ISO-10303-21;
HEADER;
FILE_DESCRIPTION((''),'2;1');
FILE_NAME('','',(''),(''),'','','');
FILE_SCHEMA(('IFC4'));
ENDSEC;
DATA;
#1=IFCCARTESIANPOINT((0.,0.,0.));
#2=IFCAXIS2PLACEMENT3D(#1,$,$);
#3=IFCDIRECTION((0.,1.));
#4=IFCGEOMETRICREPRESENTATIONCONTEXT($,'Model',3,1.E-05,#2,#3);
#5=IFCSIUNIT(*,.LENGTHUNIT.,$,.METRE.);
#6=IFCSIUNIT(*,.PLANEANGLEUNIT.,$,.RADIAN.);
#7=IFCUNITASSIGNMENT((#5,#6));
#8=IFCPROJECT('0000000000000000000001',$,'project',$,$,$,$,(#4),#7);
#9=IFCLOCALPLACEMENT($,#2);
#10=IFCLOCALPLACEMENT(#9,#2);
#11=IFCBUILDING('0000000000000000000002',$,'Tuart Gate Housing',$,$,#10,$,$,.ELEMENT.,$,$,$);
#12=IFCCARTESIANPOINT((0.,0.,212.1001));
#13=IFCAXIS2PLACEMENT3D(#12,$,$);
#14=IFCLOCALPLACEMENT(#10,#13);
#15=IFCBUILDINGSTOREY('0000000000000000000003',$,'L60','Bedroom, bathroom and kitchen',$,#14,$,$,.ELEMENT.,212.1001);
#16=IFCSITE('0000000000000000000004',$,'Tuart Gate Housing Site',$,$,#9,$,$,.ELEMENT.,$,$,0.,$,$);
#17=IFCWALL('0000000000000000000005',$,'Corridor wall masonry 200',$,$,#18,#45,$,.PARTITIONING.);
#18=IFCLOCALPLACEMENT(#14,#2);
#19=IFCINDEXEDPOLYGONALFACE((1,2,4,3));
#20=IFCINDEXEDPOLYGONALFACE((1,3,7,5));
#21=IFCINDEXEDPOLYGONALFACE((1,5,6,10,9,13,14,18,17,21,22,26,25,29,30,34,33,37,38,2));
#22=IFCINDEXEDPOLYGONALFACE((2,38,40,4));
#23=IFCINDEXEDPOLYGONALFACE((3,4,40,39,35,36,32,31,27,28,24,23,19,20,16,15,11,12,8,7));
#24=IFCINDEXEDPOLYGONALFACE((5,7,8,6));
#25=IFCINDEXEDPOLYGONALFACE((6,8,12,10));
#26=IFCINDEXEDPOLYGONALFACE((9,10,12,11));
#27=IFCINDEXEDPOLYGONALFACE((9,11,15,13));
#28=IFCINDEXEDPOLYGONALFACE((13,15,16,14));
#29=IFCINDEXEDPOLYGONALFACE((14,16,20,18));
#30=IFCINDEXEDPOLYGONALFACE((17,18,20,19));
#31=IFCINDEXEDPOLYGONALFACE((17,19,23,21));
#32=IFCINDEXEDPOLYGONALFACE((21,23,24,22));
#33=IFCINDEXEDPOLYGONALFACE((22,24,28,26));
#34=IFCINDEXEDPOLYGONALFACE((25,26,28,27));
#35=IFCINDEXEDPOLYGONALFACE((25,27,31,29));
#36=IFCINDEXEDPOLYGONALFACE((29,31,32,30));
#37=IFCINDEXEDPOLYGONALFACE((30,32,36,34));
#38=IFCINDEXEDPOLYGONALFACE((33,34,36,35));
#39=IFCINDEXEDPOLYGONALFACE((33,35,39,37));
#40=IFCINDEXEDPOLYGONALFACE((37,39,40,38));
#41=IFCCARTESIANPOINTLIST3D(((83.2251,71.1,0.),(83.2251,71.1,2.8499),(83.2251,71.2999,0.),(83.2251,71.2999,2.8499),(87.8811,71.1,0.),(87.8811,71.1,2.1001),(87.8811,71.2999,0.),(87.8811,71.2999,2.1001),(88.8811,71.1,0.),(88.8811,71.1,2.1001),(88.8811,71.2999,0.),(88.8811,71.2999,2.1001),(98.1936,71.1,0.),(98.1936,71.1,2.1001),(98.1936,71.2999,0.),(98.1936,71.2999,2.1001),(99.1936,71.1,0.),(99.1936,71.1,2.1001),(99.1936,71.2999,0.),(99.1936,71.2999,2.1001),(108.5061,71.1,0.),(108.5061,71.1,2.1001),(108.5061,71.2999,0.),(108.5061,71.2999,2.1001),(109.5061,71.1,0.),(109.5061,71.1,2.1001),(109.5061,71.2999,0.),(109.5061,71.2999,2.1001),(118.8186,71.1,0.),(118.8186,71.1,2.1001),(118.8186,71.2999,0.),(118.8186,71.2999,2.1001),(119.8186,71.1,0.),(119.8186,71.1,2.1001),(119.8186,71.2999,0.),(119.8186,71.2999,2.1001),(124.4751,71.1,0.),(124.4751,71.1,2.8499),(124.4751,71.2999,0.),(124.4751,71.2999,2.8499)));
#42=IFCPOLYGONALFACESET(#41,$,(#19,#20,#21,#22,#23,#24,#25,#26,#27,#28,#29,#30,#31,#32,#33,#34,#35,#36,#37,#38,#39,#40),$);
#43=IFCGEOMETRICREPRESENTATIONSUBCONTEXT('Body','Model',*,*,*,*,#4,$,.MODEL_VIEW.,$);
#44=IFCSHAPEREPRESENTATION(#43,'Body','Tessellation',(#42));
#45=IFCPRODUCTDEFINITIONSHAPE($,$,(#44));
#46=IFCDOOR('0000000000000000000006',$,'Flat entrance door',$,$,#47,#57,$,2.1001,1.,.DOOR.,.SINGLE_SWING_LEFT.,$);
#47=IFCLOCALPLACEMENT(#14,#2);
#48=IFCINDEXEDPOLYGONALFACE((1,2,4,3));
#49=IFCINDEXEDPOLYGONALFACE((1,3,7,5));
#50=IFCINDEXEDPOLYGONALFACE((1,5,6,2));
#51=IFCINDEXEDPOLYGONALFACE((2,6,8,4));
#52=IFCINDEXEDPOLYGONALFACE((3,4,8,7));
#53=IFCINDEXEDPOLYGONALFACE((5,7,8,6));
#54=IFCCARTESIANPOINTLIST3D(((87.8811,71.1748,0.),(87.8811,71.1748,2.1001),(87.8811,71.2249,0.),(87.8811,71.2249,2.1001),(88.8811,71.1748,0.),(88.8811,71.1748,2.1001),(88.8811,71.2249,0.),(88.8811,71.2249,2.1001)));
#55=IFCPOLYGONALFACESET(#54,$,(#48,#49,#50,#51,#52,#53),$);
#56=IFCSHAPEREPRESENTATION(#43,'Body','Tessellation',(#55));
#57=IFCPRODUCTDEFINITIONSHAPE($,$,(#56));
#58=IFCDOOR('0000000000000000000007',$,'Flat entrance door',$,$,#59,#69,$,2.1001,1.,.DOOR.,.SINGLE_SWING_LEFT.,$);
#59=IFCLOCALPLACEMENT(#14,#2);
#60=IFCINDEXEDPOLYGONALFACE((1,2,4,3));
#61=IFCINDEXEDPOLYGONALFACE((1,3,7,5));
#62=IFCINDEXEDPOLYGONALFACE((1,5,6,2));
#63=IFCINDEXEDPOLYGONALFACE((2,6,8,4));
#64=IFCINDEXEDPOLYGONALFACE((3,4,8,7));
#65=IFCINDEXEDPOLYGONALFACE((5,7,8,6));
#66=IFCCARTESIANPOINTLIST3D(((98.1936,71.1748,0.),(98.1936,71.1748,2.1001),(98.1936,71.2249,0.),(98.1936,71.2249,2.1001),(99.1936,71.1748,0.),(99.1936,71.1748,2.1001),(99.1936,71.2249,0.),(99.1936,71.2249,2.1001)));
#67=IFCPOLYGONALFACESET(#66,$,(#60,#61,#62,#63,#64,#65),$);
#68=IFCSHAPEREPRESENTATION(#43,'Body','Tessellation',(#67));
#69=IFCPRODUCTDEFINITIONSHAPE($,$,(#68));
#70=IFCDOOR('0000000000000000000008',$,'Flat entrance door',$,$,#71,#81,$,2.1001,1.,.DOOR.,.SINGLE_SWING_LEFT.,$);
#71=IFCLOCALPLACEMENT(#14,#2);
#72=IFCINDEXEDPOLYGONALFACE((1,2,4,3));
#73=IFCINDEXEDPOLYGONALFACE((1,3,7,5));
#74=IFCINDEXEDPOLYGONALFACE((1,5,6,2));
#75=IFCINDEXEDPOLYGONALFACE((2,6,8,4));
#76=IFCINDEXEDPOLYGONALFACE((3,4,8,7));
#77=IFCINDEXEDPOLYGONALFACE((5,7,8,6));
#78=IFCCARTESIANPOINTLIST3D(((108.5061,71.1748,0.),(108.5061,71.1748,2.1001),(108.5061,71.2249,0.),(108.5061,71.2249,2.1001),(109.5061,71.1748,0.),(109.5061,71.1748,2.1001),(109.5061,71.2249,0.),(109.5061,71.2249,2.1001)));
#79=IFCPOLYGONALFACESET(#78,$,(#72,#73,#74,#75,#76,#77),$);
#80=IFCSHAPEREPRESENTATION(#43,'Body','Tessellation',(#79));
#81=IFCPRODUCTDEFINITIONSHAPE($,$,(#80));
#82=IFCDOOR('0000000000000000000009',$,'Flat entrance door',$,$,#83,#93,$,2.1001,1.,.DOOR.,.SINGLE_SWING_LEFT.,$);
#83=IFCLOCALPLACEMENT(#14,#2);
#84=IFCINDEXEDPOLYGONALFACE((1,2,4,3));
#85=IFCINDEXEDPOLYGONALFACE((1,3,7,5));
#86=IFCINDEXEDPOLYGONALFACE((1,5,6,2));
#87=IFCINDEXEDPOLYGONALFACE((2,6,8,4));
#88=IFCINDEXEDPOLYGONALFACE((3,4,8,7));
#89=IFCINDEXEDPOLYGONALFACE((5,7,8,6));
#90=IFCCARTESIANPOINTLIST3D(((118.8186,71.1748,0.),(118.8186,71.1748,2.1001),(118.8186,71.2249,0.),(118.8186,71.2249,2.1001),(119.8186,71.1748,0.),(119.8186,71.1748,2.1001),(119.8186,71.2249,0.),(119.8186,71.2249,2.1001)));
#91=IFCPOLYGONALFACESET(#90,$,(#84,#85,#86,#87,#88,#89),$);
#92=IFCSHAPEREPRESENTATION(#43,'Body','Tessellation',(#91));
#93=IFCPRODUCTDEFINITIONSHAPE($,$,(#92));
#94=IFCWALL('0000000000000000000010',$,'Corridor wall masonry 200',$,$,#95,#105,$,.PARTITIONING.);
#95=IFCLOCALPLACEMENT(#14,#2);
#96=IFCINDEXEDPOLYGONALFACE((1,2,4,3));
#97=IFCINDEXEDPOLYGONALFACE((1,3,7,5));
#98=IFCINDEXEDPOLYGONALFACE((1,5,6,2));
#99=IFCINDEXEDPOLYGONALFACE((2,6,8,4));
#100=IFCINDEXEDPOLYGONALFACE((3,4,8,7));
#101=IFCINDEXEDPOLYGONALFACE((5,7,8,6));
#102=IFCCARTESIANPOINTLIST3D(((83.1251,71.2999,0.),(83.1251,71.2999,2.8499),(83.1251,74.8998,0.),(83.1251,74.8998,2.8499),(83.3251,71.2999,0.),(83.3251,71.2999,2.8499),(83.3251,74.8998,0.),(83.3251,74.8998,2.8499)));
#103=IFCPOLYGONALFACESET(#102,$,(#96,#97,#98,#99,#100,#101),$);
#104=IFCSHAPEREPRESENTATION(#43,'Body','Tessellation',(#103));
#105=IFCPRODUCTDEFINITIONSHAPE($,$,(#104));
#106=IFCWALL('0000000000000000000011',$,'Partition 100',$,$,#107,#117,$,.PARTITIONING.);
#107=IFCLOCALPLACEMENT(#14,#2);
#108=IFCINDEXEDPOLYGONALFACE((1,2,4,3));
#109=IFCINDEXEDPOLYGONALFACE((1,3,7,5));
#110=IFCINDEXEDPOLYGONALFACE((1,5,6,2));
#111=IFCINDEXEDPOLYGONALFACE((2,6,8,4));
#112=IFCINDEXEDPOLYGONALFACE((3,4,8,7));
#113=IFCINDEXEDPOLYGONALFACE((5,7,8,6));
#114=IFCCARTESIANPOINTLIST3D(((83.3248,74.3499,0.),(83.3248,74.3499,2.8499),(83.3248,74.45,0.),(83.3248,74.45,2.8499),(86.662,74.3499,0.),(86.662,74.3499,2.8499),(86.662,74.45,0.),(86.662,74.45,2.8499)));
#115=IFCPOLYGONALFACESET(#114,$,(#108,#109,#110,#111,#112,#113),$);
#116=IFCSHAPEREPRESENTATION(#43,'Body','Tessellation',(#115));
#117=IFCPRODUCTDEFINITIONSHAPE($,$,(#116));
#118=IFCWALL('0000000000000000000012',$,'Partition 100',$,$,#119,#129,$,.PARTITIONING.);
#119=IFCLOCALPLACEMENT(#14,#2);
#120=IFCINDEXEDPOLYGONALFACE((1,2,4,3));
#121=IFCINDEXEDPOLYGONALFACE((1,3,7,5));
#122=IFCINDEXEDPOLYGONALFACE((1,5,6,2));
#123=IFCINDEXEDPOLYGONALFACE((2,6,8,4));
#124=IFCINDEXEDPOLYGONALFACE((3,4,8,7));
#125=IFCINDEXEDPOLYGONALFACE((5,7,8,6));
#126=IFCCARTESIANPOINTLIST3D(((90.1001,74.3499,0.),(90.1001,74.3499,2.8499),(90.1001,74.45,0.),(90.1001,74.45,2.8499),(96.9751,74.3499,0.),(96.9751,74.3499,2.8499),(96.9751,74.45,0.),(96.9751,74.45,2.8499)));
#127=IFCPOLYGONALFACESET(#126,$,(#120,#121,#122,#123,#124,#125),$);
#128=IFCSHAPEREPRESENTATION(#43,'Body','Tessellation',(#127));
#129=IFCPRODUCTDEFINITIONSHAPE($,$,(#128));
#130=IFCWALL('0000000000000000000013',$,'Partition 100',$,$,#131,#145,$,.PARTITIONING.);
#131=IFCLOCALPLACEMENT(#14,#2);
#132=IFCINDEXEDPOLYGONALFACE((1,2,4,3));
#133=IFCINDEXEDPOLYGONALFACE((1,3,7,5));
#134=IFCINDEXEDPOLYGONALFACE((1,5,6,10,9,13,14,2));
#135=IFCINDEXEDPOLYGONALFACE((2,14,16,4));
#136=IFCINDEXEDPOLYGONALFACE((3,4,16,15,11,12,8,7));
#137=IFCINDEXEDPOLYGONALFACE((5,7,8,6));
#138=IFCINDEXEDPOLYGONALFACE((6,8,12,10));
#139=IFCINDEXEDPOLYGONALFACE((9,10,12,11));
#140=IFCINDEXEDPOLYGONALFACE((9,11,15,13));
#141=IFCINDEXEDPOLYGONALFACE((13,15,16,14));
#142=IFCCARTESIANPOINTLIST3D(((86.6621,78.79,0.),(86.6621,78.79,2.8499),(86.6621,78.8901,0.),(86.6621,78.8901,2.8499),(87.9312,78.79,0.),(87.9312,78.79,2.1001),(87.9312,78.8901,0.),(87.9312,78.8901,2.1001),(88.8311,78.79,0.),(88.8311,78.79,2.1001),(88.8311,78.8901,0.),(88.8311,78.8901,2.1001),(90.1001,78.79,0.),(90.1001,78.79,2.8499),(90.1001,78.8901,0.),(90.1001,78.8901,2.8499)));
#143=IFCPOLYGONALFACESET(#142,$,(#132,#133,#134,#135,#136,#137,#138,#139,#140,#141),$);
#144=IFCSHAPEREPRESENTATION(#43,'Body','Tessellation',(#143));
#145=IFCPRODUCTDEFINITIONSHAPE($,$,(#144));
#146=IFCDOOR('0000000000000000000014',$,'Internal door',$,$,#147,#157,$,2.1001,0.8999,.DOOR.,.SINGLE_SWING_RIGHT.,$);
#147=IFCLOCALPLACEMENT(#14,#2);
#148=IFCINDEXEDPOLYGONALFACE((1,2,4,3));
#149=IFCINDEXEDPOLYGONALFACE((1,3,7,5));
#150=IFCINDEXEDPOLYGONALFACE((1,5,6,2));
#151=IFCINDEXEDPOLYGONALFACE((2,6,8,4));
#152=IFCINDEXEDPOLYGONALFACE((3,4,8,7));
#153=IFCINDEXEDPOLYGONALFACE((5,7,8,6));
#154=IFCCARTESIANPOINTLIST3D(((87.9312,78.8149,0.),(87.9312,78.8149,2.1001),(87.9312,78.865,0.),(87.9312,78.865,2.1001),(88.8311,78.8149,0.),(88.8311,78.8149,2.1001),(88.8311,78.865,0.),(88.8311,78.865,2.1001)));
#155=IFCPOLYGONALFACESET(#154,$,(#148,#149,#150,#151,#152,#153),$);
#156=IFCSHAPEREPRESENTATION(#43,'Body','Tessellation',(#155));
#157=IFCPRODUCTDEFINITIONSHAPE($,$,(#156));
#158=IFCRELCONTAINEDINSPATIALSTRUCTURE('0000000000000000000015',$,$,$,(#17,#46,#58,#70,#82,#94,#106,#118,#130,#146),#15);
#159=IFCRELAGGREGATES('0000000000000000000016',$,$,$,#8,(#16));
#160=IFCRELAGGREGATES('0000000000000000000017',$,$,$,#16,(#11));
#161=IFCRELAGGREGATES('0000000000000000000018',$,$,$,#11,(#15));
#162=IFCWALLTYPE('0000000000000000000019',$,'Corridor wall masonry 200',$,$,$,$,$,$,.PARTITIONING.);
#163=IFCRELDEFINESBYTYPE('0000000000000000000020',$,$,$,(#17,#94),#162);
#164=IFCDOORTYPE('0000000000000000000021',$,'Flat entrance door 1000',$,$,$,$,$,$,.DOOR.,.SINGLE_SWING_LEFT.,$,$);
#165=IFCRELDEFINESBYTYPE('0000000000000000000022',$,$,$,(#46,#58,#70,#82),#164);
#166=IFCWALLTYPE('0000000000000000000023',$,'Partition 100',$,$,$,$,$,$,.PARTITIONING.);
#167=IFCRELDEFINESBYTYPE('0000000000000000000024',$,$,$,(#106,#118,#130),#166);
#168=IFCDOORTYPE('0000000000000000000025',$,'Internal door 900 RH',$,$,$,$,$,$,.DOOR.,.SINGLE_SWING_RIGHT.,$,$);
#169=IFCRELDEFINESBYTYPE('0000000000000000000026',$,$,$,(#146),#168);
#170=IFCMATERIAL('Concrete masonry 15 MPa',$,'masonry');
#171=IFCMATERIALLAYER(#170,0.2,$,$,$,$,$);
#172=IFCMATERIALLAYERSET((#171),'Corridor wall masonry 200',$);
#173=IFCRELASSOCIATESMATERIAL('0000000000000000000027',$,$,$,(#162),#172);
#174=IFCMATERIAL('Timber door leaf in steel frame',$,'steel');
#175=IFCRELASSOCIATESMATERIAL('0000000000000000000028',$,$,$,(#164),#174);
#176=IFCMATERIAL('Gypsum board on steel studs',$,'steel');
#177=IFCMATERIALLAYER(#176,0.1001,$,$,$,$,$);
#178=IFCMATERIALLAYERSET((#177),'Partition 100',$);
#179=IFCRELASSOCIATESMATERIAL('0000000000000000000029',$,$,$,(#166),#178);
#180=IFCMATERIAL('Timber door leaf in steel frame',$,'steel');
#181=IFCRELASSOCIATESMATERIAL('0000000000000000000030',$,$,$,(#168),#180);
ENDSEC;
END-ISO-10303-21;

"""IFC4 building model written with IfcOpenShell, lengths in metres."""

from ifc_helpers import new_model, si_unit, direction, frame, frame_2d, origin, place, context, subcontext, project, spatial, rectangle, extrude, material, layer, layer_set, type_object, element, fill, save


model = new_model("IFC4")

# Units and contexts
model_context = context("Model", 3, precision=1e-05, world=origin(), true_north=direction((0.0, 1.0)))
body_context = subcontext(model_context, "Body", "Model", "MODEL_VIEW")
ifc_project = project(units=[si_unit("LENGTHUNIT", "METRE"), si_unit("PLANEANGLEUNIT", "RADIAN")], contexts=[model_context])

# Site, building, storey
site_placement = place(None, origin())
site = spatial("IfcSite", under=ifc_project, at=site_placement, Name="Tuart Gate Housing Site", CompositionType="ELEMENT", RefElevation=0.0)
building_placement = place(site_placement, origin())
building = spatial("IfcBuilding", under=site, at=building_placement, Name="Tuart Gate Housing", CompositionType="ELEMENT")
storey_placement = place(building_placement, frame((0.0, 0.0, 212.1001)))
storey = spatial("IfcBuildingStorey", under=building, at=storey_placement, Name="L60", Description="Bedroom, bathroom and kitchen", CompositionType="ELEMENT", Elevation=212.1001)

# Wall, openings, doors
ifc_material_1 = material(Name="Concrete masonry 15 MPa", Category="masonry")
ifc_layer_1 = layer(ifc_material_1, 0.2)
ifc_layer_set_1 = layer_set([ifc_layer_1], Name="Corridor wall masonry 200")
wall_type_1 = type_object("IfcWallType", Name="Corridor wall masonry 200", PredefinedType="PARTITIONING", material=ifc_layer_set_1)
wall_1_placement = place(storey_placement, frame((83.2251, 71.2, 0.0), z_axis=(0.0, 0.0, 1.0), x_axis=(1.0, 0.0, 0.0)))
wall_1 = element("IfcWall", 1, at=wall_1_placement, inside=storey, type_object=wall_type_1, Name="Corridor wall masonry 200", PredefinedType="PARTITIONING", context=body_context, shape_type="SweptSolid", body=[
    extrude(rectangle(XDim=41.25, YDim=0.2, at=frame_2d((20.625, 0.0))), origin(), (0.0, 0.0, 1.0), 2.8499),
])
opening_1_placement = place(wall_1_placement, frame((4.656, 0.0, 0.0)))
opening_1 = element("IfcOpeningElement", 2, at=opening_1_placement, cuts=wall_1, PredefinedType="OPENING", context=body_context, shape_type="SweptSolid", body=[
    extrude(rectangle(XDim=1.0, YDim=2.1001, at=frame_2d((0.5, 1.05))), frame((0.0, 0.1099, 0.0), z_axis=(0.0, -1.0, 0.0), x_axis=(1.0, 0.0, 0.0)), (0.0, 0.0, 1.0), 0.22),
])
opening_2_placement = place(wall_1_placement, frame((14.9685, 0.0, 0.0)))
opening_2 = element("IfcOpeningElement", 3, at=opening_2_placement, cuts=wall_1, PredefinedType="OPENING", context=body_context, shape_type="SweptSolid", body=[
    extrude(rectangle(XDim=1.0, YDim=2.1001, at=frame_2d((0.5, 1.05))), frame((0.0, 0.1099, 0.0), z_axis=(0.0, -1.0, 0.0), x_axis=(1.0, 0.0, 0.0)), (0.0, 0.0, 1.0), 0.22),
])
opening_3_placement = place(wall_1_placement, frame((25.281, 0.0, 0.0)))
opening_3 = element("IfcOpeningElement", 4, at=opening_3_placement, cuts=wall_1, PredefinedType="OPENING", context=body_context, shape_type="SweptSolid", body=[
    extrude(rectangle(XDim=1.0, YDim=2.1001, at=frame_2d((0.5, 1.05))), frame((0.0, 0.1099, 0.0), z_axis=(0.0, -1.0, 0.0), x_axis=(1.0, 0.0, 0.0)), (0.0, 0.0, 1.0), 0.22),
])
opening_4_placement = place(wall_1_placement, frame((35.5935, 0.0, 0.0)))
opening_4 = element("IfcOpeningElement", 5, at=opening_4_placement, cuts=wall_1, PredefinedType="OPENING", context=body_context, shape_type="SweptSolid", body=[
    extrude(rectangle(XDim=1.0, YDim=2.1001, at=frame_2d((0.5, 1.05))), frame((0.0, 0.1099, 0.0), z_axis=(0.0, -1.0, 0.0), x_axis=(1.0, 0.0, 0.0)), (0.0, 0.0, 1.0), 0.22),
])
ifc_material_2 = material(Name="Timber door leaf in steel frame", Category="steel")
door_type_1 = type_object("IfcDoorType", Name="Flat entrance door 1000", OperationType="SINGLE_SWING_LEFT", PredefinedType="DOOR", material=ifc_material_2)
door_1_placement = place(opening_1_placement, origin())
door_1 = element("IfcDoor", 6, at=door_1_placement, inside=storey, type_object=door_type_1, Name="Flat entrance door", OperationType="SINGLE_SWING_LEFT", OverallHeight=2.1001, OverallWidth=1.0, PredefinedType="DOOR", context=body_context, shape_type="SweptSolid", body=[
    extrude(rectangle(XDim=1.0, YDim=2.1001, at=frame_2d((0.5, 1.05))), frame((0.0, 0.0249, 0.0), z_axis=(0.0, -1.0, 0.0), x_axis=(1.0, 0.0, 0.0)), (0.0, 0.0, 1.0), 0.05),
])
fill(opening_1, door_1)
door_2_placement = place(opening_2_placement, origin())
door_2 = element("IfcDoor", 7, at=door_2_placement, inside=storey, type_object=door_type_1, Name="Flat entrance door", OperationType="SINGLE_SWING_LEFT", OverallHeight=2.1001, OverallWidth=1.0, PredefinedType="DOOR", context=body_context, shape_type="SweptSolid", body=[
    extrude(rectangle(XDim=1.0, YDim=2.1001, at=frame_2d((0.5, 1.05))), frame((0.0, 0.0249, 0.0), z_axis=(0.0, -1.0, 0.0), x_axis=(1.0, 0.0, 0.0)), (0.0, 0.0, 1.0), 0.05),
])
fill(opening_2, door_2)
door_3_placement = place(opening_3_placement, origin())
door_3 = element("IfcDoor", 8, at=door_3_placement, inside=storey, type_object=door_type_1, Name="Flat entrance door", OperationType="SINGLE_SWING_LEFT", OverallHeight=2.1001, OverallWidth=1.0, PredefinedType="DOOR", context=body_context, shape_type="SweptSolid", body=[
    extrude(rectangle(XDim=1.0, YDim=2.1001, at=frame_2d((0.5, 1.05))), frame((0.0, 0.0249, 0.0), z_axis=(0.0, -1.0, 0.0), x_axis=(1.0, 0.0, 0.0)), (0.0, 0.0, 1.0), 0.05),
])
fill(opening_3, door_3)
door_4_placement = place(opening_4_placement, origin())
door_4 = element("IfcDoor", 9, at=door_4_placement, inside=storey, type_object=door_type_1, Name="Flat entrance door", OperationType="SINGLE_SWING_LEFT", OverallHeight=2.1001, OverallWidth=1.0, PredefinedType="DOOR", context=body_context, shape_type="SweptSolid", body=[
    extrude(rectangle(XDim=1.0, YDim=2.1001, at=frame_2d((0.5, 1.05))), frame((0.0, 0.0249, 0.0), z_axis=(0.0, -1.0, 0.0), x_axis=(1.0, 0.0, 0.0)), (0.0, 0.0, 1.0), 0.05),
])
fill(opening_4, door_4)

# Walls
wall_2_placement = place(storey_placement, frame((83.2251, 71.3, 0.0), z_axis=(0.0, 0.0, 1.0), x_axis=(0.0, 1.0, 0.0)))
element("IfcWall", 10, at=wall_2_placement, inside=storey, type_object=wall_type_1, Name="Corridor wall masonry 200", PredefinedType="PARTITIONING", context=body_context, shape_type="SweptSolid", body=[
    extrude(rectangle(XDim=3.5999, YDim=0.2, at=frame_2d((1.7998, 0.0))), origin(), (0.0, 0.0, 1.0), 2.8499),
])
ifc_material_3 = material(Name="Gypsum board on steel studs", Category="steel")
ifc_layer_2 = layer(ifc_material_3, 0.1001)
ifc_layer_set_2 = layer_set([ifc_layer_2], Name="Partition 100")
wall_type_2 = type_object("IfcWallType", Name="Partition 100", PredefinedType="PARTITIONING", material=ifc_layer_set_2)
wall_3_placement = place(storey_placement, frame((83.325, 74.3999, 0.0), z_axis=(0.0, 0.0, 1.0), x_axis=(1.0, 0.0, 0.0)))
element("IfcWall", 11, at=wall_3_placement, inside=storey, type_object=wall_type_2, Name="Partition 100", PredefinedType="PARTITIONING", context=body_context, shape_type="SweptSolid", body=[
    extrude(rectangle(XDim=3.3372, YDim=0.1001, at=frame_2d((1.6685, 0.0))), origin(), (0.0, 0.0, 1.0), 2.8499),
])
wall_4_placement = place(storey_placement, frame((90.1001, 74.3999, 0.0), z_axis=(0.0, 0.0, 1.0), x_axis=(1.0, 0.0, 0.0)))
element("IfcWall", 12, at=wall_4_placement, inside=storey, type_object=wall_type_2, Name="Partition 100", PredefinedType="PARTITIONING", context=body_context, shape_type="SweptSolid", body=[
    extrude(rectangle(XDim=6.875, YDim=0.1001, at=frame_2d((3.4375, 0.0))), origin(), (0.0, 0.0, 1.0), 2.8499),
])

# Wall, opening, door
wall_5_placement = place(storey_placement, frame((86.6621, 78.8401, 0.0), z_axis=(0.0, 0.0, 1.0), x_axis=(1.0, 0.0, 0.0)))
wall_5 = element("IfcWall", 13, at=wall_5_placement, inside=storey, type_object=wall_type_2, Name="Partition 100", PredefinedType="PARTITIONING", context=body_context, shape_type="SweptSolid", body=[
    extrude(rectangle(XDim=3.438, YDim=0.1001, at=frame_2d((1.719, 0.0))), origin(), (0.0, 0.0, 1.0), 2.8499),
])
opening_5_placement = place(wall_5_placement, frame((1.269, 0.0, 0.0)))
opening_5 = element("IfcOpeningElement", 14, at=opening_5_placement, cuts=wall_5, PredefinedType="OPENING", context=body_context, shape_type="SweptSolid", body=[
    extrude(rectangle(XDim=0.8999, YDim=2.1001, at=frame_2d((0.45, 1.05))), frame((0.0, 0.0601, 0.0), z_axis=(0.0, -1.0, 0.0), x_axis=(1.0, 0.0, 0.0)), (0.0, 0.0, 1.0), 0.1201),
])
ifc_material_4 = material(Name="Timber door leaf in steel frame", Category="steel")
door_type_2 = type_object("IfcDoorType", Name="Internal door 900 RH", OperationType="SINGLE_SWING_RIGHT", PredefinedType="DOOR", material=ifc_material_4)
door_5_placement = place(opening_5_placement, frame((0.8999, 0.0, 0.0), z_axis=(0.0, 0.0, 1.0), x_axis=(-1.0, 0.0, 0.0)))
door_5 = element("IfcDoor", 15, at=door_5_placement, inside=storey, type_object=door_type_2, Name="Internal door", OperationType="SINGLE_SWING_RIGHT", OverallHeight=2.1001, OverallWidth=0.8999, PredefinedType="DOOR", context=body_context, shape_type="SweptSolid", body=[
    extrude(rectangle(XDim=0.8999, YDim=2.1001, at=frame_2d((0.45, 1.05))), frame((0.0, 0.0251, 0.0), z_axis=(0.0, -1.0, 0.0), x_axis=(1.0, 0.0, 0.0)), (0.0, 0.0, 1.0), 0.05),
])
fill(opening_5, door_5)

save(model, "model.ifc")
